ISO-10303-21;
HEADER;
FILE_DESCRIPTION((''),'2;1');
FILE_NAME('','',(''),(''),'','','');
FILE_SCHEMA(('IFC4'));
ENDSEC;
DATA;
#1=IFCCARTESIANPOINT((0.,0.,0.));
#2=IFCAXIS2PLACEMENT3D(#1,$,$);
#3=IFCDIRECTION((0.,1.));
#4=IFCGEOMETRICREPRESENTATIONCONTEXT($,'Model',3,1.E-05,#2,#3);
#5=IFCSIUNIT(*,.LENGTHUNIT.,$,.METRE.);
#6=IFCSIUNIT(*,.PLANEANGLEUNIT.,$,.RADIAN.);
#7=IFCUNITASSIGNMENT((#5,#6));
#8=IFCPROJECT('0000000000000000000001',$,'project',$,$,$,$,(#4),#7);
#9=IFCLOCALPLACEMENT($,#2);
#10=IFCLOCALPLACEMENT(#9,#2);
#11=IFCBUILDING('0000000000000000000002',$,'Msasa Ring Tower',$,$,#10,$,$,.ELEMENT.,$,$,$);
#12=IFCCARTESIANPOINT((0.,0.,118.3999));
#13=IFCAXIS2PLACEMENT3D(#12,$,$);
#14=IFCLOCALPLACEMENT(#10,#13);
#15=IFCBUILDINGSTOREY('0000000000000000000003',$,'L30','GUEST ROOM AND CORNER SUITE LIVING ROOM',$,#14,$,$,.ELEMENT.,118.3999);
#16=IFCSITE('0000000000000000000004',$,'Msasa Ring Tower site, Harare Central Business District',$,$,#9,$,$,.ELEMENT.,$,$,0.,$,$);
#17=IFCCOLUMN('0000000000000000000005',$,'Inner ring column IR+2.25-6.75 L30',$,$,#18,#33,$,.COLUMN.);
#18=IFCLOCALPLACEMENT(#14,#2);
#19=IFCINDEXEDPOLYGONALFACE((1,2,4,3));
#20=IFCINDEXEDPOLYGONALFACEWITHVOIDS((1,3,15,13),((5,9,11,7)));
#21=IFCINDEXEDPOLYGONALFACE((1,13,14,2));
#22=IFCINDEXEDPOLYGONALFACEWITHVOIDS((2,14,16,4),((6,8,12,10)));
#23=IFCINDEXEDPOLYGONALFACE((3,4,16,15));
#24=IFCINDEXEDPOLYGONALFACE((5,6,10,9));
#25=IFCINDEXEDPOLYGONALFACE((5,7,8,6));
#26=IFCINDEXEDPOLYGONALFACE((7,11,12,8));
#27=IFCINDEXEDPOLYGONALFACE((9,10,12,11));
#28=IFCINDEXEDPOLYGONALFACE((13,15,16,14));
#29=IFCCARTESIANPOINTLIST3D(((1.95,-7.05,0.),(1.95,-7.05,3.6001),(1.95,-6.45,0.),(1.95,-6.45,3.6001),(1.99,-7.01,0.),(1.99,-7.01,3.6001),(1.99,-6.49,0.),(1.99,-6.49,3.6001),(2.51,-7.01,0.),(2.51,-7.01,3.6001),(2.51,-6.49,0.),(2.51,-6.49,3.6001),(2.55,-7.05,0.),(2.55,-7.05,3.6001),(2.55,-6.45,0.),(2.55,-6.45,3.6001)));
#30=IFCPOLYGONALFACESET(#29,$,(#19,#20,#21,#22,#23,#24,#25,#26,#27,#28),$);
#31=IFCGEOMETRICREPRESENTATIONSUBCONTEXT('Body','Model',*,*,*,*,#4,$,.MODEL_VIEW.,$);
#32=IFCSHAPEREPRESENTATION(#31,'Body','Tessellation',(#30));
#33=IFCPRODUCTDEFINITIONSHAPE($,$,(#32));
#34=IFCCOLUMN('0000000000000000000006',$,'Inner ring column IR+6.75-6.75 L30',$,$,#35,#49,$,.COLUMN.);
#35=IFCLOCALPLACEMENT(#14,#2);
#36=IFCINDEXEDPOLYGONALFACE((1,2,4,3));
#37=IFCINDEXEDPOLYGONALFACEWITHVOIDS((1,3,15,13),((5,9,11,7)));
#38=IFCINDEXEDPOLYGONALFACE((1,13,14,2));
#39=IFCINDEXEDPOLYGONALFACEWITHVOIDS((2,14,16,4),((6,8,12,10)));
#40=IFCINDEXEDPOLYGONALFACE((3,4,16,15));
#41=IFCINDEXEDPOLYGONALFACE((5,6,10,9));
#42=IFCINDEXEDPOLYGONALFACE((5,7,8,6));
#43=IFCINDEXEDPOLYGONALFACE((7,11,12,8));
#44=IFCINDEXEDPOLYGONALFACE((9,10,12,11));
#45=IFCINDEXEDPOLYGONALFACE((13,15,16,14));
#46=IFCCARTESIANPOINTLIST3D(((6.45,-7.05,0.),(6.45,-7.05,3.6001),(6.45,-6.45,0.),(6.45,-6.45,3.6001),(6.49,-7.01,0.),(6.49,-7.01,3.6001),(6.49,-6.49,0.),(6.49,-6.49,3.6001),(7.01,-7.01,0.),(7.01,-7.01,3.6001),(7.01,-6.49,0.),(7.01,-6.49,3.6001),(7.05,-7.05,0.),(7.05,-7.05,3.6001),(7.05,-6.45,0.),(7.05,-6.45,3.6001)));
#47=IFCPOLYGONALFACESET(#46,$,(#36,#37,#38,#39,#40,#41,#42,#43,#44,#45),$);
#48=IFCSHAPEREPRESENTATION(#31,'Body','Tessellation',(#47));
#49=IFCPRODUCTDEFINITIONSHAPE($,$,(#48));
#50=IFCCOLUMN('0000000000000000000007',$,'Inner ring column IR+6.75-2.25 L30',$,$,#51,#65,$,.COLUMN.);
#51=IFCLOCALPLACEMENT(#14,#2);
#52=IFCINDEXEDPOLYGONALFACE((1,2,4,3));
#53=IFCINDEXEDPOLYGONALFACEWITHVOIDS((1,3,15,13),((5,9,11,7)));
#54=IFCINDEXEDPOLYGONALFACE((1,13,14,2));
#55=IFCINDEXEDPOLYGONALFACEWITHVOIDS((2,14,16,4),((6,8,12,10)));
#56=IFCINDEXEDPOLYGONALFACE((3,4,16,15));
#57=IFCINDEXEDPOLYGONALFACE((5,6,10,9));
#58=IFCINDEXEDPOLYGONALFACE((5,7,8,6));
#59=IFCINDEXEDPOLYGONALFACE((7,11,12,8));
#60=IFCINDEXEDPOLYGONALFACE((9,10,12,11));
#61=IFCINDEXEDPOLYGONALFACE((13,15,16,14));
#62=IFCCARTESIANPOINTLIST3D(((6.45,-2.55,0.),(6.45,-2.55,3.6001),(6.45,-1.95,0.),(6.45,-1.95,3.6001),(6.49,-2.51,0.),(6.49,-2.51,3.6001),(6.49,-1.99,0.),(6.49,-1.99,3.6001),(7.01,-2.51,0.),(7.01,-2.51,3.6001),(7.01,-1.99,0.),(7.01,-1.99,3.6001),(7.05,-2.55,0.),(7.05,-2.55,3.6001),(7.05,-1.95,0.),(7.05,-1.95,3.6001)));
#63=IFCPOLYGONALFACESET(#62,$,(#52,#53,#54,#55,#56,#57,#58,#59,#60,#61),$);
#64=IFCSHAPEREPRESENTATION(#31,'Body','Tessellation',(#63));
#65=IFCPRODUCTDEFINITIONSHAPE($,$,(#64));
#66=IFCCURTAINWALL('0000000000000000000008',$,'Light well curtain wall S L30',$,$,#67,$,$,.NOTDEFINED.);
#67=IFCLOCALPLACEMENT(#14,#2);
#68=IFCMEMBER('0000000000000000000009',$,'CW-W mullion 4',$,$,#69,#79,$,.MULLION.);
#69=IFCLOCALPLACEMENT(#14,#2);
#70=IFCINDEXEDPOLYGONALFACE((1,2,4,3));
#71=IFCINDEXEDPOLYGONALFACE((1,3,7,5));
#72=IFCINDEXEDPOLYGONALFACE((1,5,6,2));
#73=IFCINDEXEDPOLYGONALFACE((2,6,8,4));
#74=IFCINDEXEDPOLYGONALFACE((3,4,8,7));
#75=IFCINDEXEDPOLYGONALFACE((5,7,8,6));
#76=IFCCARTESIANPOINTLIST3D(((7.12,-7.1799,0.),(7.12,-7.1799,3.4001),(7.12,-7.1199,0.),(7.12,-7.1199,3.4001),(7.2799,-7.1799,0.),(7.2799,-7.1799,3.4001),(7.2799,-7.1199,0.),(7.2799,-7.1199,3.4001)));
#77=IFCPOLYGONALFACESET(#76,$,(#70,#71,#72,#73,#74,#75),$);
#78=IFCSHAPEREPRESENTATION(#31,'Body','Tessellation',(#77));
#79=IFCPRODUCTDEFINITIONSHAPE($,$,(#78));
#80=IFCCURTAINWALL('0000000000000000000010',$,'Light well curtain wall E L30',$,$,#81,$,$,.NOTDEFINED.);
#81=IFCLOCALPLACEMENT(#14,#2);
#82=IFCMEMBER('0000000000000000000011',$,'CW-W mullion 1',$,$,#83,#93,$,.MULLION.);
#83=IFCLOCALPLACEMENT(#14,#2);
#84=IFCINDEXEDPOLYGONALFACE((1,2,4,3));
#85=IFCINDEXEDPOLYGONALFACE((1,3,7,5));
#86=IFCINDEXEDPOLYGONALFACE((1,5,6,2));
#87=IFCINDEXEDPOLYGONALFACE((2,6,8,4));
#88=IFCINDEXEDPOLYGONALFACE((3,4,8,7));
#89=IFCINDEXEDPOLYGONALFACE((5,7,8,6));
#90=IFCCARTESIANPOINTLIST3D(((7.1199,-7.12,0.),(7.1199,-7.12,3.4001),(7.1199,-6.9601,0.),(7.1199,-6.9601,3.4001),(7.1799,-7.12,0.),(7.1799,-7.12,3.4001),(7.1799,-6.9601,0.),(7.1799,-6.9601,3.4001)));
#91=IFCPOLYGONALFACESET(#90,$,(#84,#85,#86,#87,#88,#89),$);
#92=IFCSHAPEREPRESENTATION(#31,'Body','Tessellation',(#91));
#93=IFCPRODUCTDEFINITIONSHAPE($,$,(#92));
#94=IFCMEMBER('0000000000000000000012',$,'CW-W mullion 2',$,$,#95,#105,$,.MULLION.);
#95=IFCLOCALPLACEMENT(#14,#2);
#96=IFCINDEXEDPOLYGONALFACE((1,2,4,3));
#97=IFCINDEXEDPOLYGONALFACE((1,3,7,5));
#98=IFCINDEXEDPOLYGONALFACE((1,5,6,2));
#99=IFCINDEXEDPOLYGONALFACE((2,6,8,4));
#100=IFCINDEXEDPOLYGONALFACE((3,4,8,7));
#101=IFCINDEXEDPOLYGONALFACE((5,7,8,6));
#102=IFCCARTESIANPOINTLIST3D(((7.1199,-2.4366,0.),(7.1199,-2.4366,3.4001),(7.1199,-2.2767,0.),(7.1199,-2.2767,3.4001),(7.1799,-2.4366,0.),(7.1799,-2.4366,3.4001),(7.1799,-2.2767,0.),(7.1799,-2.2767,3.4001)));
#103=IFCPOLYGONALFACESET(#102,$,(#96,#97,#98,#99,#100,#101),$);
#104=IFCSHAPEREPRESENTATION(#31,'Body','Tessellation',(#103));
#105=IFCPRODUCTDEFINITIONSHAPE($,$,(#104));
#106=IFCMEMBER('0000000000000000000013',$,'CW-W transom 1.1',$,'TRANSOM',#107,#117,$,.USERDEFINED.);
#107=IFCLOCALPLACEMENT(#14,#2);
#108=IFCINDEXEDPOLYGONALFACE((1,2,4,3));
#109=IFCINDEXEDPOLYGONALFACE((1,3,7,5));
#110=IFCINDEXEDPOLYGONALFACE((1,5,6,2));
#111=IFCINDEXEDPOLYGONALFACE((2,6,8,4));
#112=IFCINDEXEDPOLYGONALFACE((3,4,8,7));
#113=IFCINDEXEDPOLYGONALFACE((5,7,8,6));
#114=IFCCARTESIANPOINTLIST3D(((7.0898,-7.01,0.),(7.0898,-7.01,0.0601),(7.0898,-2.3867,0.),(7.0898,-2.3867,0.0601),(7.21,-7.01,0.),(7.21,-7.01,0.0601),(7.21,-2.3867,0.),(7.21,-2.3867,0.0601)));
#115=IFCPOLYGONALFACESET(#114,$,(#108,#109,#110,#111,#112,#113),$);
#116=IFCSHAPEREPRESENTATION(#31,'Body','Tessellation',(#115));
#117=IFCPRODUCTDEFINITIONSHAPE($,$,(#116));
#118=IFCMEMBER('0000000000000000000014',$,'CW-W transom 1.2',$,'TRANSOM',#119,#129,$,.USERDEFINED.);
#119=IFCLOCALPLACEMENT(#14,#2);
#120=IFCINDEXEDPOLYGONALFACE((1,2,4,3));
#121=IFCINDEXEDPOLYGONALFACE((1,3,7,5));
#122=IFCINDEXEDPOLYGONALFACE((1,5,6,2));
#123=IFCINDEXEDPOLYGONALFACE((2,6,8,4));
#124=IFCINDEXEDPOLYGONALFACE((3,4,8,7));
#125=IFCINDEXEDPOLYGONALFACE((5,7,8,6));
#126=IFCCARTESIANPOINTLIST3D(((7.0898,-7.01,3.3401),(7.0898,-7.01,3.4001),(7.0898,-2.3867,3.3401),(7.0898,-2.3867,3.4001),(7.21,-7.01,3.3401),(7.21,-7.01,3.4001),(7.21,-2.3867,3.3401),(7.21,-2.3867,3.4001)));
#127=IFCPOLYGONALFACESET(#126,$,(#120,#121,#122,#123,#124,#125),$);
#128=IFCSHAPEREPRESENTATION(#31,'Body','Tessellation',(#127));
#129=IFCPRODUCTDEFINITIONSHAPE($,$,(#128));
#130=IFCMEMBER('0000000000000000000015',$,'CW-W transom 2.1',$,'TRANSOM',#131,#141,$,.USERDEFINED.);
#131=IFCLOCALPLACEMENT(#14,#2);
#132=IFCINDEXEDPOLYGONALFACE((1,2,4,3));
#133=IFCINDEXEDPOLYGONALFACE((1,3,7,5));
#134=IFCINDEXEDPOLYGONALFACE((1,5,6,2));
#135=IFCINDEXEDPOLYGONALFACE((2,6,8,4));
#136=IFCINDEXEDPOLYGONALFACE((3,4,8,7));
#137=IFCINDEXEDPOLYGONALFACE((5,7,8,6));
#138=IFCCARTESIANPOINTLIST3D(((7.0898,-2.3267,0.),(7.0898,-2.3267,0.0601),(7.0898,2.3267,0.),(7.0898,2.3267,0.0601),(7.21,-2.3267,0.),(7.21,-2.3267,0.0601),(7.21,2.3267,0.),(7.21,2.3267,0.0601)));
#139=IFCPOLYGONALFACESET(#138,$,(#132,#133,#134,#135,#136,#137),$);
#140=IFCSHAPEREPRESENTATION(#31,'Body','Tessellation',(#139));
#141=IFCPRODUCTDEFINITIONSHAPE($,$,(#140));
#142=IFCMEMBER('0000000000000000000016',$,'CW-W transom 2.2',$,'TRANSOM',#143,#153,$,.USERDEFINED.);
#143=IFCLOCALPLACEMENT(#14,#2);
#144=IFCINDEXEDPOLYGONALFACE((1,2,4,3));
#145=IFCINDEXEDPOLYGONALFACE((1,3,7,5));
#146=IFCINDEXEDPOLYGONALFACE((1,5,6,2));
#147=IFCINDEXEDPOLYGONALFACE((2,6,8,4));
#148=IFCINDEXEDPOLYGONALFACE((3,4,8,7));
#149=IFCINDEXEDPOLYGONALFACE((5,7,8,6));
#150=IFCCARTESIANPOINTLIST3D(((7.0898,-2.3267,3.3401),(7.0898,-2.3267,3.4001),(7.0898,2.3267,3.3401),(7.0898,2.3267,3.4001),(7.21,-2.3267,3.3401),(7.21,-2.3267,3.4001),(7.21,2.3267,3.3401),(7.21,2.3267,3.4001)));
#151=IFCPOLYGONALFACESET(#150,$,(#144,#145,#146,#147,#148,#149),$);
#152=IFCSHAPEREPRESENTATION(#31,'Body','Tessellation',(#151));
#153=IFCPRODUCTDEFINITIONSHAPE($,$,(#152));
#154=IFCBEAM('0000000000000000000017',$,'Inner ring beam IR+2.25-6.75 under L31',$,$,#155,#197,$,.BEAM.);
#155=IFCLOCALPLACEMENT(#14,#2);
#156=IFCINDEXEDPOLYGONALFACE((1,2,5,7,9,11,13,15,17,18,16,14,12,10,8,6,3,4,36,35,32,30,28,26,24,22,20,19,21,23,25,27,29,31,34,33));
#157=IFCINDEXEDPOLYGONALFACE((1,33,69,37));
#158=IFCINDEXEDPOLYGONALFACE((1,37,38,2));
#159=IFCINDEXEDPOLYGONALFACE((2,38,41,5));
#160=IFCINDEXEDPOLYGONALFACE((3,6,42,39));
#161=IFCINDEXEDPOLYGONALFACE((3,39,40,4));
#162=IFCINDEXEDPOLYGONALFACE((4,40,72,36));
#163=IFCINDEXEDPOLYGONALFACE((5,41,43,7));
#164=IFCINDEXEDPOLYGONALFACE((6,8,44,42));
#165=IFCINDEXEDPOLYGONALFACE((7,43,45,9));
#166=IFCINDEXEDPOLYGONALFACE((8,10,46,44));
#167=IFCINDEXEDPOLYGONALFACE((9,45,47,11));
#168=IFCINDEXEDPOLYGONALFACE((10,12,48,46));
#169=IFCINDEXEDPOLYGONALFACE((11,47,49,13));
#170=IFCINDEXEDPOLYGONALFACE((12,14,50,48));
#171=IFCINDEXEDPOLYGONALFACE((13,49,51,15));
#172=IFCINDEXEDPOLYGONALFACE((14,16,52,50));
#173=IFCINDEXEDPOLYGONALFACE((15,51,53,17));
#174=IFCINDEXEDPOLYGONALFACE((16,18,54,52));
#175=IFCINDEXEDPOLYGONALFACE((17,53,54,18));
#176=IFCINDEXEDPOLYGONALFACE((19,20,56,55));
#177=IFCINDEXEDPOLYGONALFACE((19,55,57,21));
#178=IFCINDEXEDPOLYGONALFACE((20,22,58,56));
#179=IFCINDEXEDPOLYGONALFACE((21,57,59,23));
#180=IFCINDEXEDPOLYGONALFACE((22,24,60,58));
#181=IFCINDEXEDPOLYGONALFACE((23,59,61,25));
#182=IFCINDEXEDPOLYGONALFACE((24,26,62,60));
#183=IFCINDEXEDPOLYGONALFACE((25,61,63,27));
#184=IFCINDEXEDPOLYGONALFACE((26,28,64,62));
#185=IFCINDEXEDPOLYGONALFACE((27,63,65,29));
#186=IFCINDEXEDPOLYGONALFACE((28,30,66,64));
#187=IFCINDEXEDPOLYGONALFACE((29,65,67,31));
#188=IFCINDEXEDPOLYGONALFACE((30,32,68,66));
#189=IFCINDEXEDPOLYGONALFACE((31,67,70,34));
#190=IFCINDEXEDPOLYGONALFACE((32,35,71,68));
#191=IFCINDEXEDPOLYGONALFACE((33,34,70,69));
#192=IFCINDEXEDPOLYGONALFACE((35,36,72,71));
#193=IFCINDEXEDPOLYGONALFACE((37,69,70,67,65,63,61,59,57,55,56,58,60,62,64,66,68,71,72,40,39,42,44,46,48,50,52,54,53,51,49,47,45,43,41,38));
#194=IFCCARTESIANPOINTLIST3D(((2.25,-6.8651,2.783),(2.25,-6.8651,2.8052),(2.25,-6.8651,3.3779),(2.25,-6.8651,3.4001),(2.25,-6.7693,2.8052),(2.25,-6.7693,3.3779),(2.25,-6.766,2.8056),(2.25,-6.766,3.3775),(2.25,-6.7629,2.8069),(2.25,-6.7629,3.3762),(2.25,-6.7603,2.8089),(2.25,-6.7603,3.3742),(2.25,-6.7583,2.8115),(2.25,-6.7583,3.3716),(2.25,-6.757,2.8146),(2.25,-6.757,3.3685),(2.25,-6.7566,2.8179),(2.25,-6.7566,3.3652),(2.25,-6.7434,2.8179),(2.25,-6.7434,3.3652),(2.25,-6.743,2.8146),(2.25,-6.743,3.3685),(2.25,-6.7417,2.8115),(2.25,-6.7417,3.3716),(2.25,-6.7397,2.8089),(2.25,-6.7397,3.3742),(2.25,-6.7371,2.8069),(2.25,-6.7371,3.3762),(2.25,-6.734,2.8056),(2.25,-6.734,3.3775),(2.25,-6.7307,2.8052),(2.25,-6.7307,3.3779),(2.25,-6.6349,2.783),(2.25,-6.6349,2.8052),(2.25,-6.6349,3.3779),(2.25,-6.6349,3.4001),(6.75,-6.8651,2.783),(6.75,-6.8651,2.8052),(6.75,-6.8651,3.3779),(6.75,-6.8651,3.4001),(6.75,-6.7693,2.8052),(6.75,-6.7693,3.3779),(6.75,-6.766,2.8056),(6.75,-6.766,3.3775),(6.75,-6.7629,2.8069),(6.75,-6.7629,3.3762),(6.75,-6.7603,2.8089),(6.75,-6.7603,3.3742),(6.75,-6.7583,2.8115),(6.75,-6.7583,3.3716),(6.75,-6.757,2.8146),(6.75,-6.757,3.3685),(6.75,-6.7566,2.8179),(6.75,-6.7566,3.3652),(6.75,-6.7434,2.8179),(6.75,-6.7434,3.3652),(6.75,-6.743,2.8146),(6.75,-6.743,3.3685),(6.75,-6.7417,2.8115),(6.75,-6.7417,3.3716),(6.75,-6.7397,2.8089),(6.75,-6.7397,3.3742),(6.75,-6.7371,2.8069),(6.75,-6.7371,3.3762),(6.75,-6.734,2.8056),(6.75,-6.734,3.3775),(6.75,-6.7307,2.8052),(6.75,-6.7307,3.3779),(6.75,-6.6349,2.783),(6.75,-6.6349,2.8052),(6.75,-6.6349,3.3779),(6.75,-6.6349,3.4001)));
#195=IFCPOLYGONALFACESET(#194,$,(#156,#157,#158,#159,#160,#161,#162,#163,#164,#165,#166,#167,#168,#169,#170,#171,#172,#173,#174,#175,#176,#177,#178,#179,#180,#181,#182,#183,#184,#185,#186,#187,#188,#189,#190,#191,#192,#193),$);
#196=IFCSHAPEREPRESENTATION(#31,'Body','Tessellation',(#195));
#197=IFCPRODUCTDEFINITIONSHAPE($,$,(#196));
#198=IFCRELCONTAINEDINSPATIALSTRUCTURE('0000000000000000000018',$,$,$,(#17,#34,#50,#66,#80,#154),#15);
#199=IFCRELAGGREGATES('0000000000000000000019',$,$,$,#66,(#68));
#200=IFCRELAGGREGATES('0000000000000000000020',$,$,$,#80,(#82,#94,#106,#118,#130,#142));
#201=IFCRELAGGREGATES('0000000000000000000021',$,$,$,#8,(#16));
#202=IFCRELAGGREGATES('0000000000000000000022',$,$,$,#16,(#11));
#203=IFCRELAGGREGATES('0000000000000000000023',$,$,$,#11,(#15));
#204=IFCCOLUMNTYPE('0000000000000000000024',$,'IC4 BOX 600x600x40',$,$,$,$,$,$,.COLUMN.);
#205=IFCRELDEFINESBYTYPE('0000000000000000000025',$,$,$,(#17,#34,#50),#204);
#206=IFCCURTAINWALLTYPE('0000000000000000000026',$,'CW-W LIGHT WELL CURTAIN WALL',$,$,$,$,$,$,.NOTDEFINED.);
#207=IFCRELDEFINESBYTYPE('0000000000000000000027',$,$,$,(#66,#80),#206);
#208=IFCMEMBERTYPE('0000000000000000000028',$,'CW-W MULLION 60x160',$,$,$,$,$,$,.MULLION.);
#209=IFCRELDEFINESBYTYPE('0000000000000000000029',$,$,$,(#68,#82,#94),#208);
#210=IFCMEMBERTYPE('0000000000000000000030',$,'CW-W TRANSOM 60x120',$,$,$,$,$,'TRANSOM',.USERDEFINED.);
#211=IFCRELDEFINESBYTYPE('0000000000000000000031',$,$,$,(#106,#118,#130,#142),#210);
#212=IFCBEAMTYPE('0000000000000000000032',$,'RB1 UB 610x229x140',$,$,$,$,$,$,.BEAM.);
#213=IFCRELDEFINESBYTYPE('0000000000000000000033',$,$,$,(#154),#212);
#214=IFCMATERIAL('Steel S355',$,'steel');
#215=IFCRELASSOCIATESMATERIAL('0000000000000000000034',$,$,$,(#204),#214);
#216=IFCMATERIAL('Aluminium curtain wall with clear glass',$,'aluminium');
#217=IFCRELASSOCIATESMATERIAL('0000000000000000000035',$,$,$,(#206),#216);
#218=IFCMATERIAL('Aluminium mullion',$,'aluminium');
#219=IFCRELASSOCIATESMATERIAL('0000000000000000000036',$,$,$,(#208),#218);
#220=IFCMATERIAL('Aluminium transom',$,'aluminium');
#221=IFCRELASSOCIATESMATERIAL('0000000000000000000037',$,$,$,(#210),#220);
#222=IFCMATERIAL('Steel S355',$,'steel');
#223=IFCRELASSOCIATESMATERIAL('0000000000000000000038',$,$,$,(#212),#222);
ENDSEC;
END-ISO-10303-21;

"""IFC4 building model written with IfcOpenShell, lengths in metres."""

from ifc_helpers import new_model, si_unit, direction, frame, origin, origin_2d, place, context, subcontext, project, spatial, rectangle, hollow_rectangle, i_section, extrude, material, material_profile, profile_set, type_object, element, aggregate, save


model = new_model("IFC4")

# Units and contexts
model_context = context("Model", 3, precision=1e-05, world=origin(), true_north=direction((0.0, 1.0)))
body_context = subcontext(model_context, "Body", "Model", "MODEL_VIEW")
ifc_project = project(units=[si_unit("LENGTHUNIT", "METRE"), si_unit("PLANEANGLEUNIT", "RADIAN")], contexts=[model_context])

# Site, building, storey
site_placement = place(None, origin())
site = spatial("IfcSite", under=ifc_project, at=site_placement, Name="Msasa Ring Tower site, Harare Central Business District", CompositionType="ELEMENT", RefElevation=0.0)
building_placement = place(site_placement, origin())
building = spatial("IfcBuilding", under=site, at=building_placement, Name="Msasa Ring Tower", CompositionType="ELEMENT")
storey_placement = place(building_placement, frame((0.0, 0.0, 118.3999)))
storey = spatial("IfcBuildingStorey", under=building, at=storey_placement, Name="L30", Description="GUEST ROOM AND CORNER SUITE LIVING ROOM", CompositionType="ELEMENT", Elevation=118.3999)

# Columns
ifc_material_1 = material(Name="Steel S355", Category="steel")
ifc_material_profile_1 = material_profile(ifc_material_1, hollow_rectangle(XDim=0.6001, YDim=0.6001, WallThickness=0.04, at=origin_2d()), Name="BOX 600x600x40")
ifc_profile_set_1 = profile_set([ifc_material_profile_1], Name="Steel S355")
column_type = type_object("IfcColumnType", Name="IC4 BOX 600x600x40", PredefinedType="COLUMN", material=ifc_profile_set_1)
for number, where, z_axis, x_axis, name in (
    (1, (2.25, -6.75, 0.0), (0.0, 0.0, 1.0), (1.0, 0.0, 0.0), "Inner ring column IR+2.25-6.75 L30"),
    (2, (6.75, -6.75, 0.0), (0.0, 0.0, 1.0), (1.0, 0.0, 0.0), "Inner ring column IR+6.75-6.75 L30"),
    (3, (6.75, -2.25, 0.0), (0.0, 0.0, 1.0), (1.0, 0.0, 0.0), "Inner ring column IR+6.75-2.25 L30"),
):
    element("IfcColumn", number, at=place(storey_placement, frame(where, z_axis=z_axis, x_axis=x_axis)), inside=storey, type_object=column_type, Name=name, PredefinedType="COLUMN", context=body_context, shape_type="SweptSolid", body=[
        extrude(hollow_rectangle(XDim=0.6001, YDim=0.6001, WallThickness=0.04, at=origin_2d()), origin(), (0.0, 0.0, 1.0), 3.6001),
    ])

# Curtain wall, member
ifc_material_2 = material(Name="Aluminium curtain wall with clear glass", Category="aluminium")
curtain_wall_type = type_object("IfcCurtainWallType", Name="CW-W LIGHT WELL CURTAIN WALL", PredefinedType="NOTDEFINED", material=ifc_material_2)
curtain_wall_1_placement = place(storey_placement, origin())
curtain_wall_1 = element("IfcCurtainWall", 4, at=curtain_wall_1_placement, inside=storey, type_object=curtain_wall_type, Name="Light well curtain wall S L30", PredefinedType="NOTDEFINED")
ifc_material_3 = material(Name="Aluminium mullion", Category="aluminium")
ifc_material_profile_2 = material_profile(ifc_material_3, rectangle(XDim=0.0601, YDim=0.1599, at=origin_2d()), Name="AL 60x160")
ifc_profile_set_2 = profile_set([ifc_material_profile_2], Name="Aluminium mullion")
member_type_1 = type_object("IfcMemberType", Name="CW-W MULLION 60x160", PredefinedType="MULLION", material=ifc_profile_set_2)
member_1_placement = place(storey_placement, frame((7.2, -7.1499, 0.0), z_axis=(0.0, 0.0, 1.0), x_axis=(0.0, 1.0, 0.0)))
member_1 = element("IfcMember", 5, at=member_1_placement, type_object=member_type_1, Name="CW-W mullion 4", PredefinedType="MULLION", context=body_context, shape_type="SweptSolid", body=[
    extrude(rectangle(XDim=0.0601, YDim=0.1599, at=origin_2d()), origin(), (0.0, 0.0, 1.0), 3.4001),
])
aggregate(curtain_wall_1, [member_1])

# Curtain wall, members
curtain_wall_2_placement = place(storey_placement, origin())
curtain_wall_2 = element("IfcCurtainWall", 6, at=curtain_wall_2_placement, inside=storey, type_object=curtain_wall_type, Name="Light well curtain wall E L30", PredefinedType="NOTDEFINED")
member_2_placement = place(storey_placement, frame((7.1499, -7.04, 0.0), z_axis=(0.0, 0.0, 1.0), x_axis=(-1.0, 0.0, 0.0)))
member_2 = element("IfcMember", 7, at=member_2_placement, type_object=member_type_1, Name="CW-W mullion 1", PredefinedType="MULLION", context=body_context, shape_type="SweptSolid", body=[
    extrude(rectangle(XDim=0.0601, YDim=0.1599, at=origin_2d()), origin(), (0.0, 0.0, 1.0), 3.4001),
])
member_3_placement = place(storey_placement, frame((7.1499, -2.3567, 0.0), z_axis=(0.0, 0.0, 1.0), x_axis=(-1.0, 0.0, 0.0)))
member_3 = element("IfcMember", 8, at=member_3_placement, type_object=member_type_1, Name="CW-W mullion 2", PredefinedType="MULLION", context=body_context, shape_type="SweptSolid", body=[
    extrude(rectangle(XDim=0.0601, YDim=0.1599, at=origin_2d()), origin(), (0.0, 0.0, 1.0), 3.4001),
])
ifc_material_4 = material(Name="Aluminium transom", Category="aluminium")
ifc_material_profile_3 = material_profile(ifc_material_4, rectangle(XDim=0.1201, YDim=0.0601, at=origin_2d()), Name="AL 60x120")
ifc_profile_set_3 = profile_set([ifc_material_profile_3], Name="Aluminium transom")
member_type_2 = type_object("IfcMemberType", Name="CW-W TRANSOM 60x120", ElementType="TRANSOM", PredefinedType="USERDEFINED", material=ifc_profile_set_3)
member_4_placement = place(storey_placement, frame((7.1499, -7.01, 0.03), z_axis=(0.0, 1.0, 0.0), x_axis=(-1.0, 0.0, 0.0)))
member_4 = element("IfcMember", 9, at=member_4_placement, type_object=member_type_2, Name="CW-W transom 1.1", ObjectType="TRANSOM", PredefinedType="USERDEFINED", context=body_context, shape_type="SweptSolid", body=[
    extrude(rectangle(XDim=0.1201, YDim=0.0601, at=origin_2d()), origin(), (0.0, 0.0, 1.0), 4.6233),
])
member_5_placement = place(storey_placement, frame((7.1499, -7.01, 3.3701), z_axis=(0.0, 1.0, 0.0), x_axis=(-1.0, 0.0, 0.0)))
member_5 = element("IfcMember", 10, at=member_5_placement, type_object=member_type_2, Name="CW-W transom 1.2", ObjectType="TRANSOM", PredefinedType="USERDEFINED", context=body_context, shape_type="SweptSolid", body=[
    extrude(rectangle(XDim=0.1201, YDim=0.0601, at=origin_2d()), origin(), (0.0, 0.0, 1.0), 4.6233),
])
member_6_placement = place(storey_placement, frame((7.1499, -2.3267, 0.03), z_axis=(0.0, 1.0, 0.0), x_axis=(-1.0, 0.0, 0.0)))
member_6 = element("IfcMember", 11, at=member_6_placement, type_object=member_type_2, Name="CW-W transom 2.1", ObjectType="TRANSOM", PredefinedType="USERDEFINED", context=body_context, shape_type="SweptSolid", body=[
    extrude(rectangle(XDim=0.1201, YDim=0.0601, at=origin_2d()), origin(), (0.0, 0.0, 1.0), 4.6533),
])
member_7_placement = place(storey_placement, frame((7.1499, -2.3267, 3.3701), z_axis=(0.0, 1.0, 0.0), x_axis=(-1.0, 0.0, 0.0)))
member_7 = element("IfcMember", 12, at=member_7_placement, type_object=member_type_2, Name="CW-W transom 2.2", ObjectType="TRANSOM", PredefinedType="USERDEFINED", context=body_context, shape_type="SweptSolid", body=[
    extrude(rectangle(XDim=0.1201, YDim=0.0601, at=origin_2d()), origin(), (0.0, 0.0, 1.0), 4.6533),
])

# Beam
ifc_material_5 = material(Name="Steel S355", Category="steel")
ifc_material_profile_4 = material_profile(ifc_material_5, i_section(OverallWidth=0.2302, OverallDepth=0.6172, WebThickness=0.0132, FlangeThickness=0.0222, FilletRadius=0.0127, at=origin_2d()), Name="UB 610x229x140")
ifc_profile_set_4 = profile_set([ifc_material_profile_4], Name="Steel S355")
beam_type = type_object("IfcBeamType", Name="RB1 UB 610x229x140", PredefinedType="BEAM", material=ifc_profile_set_4)
for number, where, z_axis, x_axis, name in (
    (13, (2.25, -6.75, 3.0916), (1.0, 0.0, 0.0), (0.0, 1.0, 0.0), "Inner ring beam IR+2.25-6.75 under L31"),
):
    element("IfcBeam", number, at=place(storey_placement, frame(where, z_axis=z_axis, x_axis=x_axis)), inside=storey, type_object=beam_type, Name=name, PredefinedType="BEAM", context=body_context, shape_type="SweptSolid", body=[
        extrude(i_section(OverallWidth=0.2302, OverallDepth=0.6172, WebThickness=0.0132, FlangeThickness=0.0222, FilletRadius=0.0127, at=origin_2d()), origin(), (0.0, 0.0, 1.0), 4.5),
    ])

aggregate(curtain_wall_2, [member_2, member_3, member_4, member_5, member_6, member_7])

save(model, "model.ifc")
